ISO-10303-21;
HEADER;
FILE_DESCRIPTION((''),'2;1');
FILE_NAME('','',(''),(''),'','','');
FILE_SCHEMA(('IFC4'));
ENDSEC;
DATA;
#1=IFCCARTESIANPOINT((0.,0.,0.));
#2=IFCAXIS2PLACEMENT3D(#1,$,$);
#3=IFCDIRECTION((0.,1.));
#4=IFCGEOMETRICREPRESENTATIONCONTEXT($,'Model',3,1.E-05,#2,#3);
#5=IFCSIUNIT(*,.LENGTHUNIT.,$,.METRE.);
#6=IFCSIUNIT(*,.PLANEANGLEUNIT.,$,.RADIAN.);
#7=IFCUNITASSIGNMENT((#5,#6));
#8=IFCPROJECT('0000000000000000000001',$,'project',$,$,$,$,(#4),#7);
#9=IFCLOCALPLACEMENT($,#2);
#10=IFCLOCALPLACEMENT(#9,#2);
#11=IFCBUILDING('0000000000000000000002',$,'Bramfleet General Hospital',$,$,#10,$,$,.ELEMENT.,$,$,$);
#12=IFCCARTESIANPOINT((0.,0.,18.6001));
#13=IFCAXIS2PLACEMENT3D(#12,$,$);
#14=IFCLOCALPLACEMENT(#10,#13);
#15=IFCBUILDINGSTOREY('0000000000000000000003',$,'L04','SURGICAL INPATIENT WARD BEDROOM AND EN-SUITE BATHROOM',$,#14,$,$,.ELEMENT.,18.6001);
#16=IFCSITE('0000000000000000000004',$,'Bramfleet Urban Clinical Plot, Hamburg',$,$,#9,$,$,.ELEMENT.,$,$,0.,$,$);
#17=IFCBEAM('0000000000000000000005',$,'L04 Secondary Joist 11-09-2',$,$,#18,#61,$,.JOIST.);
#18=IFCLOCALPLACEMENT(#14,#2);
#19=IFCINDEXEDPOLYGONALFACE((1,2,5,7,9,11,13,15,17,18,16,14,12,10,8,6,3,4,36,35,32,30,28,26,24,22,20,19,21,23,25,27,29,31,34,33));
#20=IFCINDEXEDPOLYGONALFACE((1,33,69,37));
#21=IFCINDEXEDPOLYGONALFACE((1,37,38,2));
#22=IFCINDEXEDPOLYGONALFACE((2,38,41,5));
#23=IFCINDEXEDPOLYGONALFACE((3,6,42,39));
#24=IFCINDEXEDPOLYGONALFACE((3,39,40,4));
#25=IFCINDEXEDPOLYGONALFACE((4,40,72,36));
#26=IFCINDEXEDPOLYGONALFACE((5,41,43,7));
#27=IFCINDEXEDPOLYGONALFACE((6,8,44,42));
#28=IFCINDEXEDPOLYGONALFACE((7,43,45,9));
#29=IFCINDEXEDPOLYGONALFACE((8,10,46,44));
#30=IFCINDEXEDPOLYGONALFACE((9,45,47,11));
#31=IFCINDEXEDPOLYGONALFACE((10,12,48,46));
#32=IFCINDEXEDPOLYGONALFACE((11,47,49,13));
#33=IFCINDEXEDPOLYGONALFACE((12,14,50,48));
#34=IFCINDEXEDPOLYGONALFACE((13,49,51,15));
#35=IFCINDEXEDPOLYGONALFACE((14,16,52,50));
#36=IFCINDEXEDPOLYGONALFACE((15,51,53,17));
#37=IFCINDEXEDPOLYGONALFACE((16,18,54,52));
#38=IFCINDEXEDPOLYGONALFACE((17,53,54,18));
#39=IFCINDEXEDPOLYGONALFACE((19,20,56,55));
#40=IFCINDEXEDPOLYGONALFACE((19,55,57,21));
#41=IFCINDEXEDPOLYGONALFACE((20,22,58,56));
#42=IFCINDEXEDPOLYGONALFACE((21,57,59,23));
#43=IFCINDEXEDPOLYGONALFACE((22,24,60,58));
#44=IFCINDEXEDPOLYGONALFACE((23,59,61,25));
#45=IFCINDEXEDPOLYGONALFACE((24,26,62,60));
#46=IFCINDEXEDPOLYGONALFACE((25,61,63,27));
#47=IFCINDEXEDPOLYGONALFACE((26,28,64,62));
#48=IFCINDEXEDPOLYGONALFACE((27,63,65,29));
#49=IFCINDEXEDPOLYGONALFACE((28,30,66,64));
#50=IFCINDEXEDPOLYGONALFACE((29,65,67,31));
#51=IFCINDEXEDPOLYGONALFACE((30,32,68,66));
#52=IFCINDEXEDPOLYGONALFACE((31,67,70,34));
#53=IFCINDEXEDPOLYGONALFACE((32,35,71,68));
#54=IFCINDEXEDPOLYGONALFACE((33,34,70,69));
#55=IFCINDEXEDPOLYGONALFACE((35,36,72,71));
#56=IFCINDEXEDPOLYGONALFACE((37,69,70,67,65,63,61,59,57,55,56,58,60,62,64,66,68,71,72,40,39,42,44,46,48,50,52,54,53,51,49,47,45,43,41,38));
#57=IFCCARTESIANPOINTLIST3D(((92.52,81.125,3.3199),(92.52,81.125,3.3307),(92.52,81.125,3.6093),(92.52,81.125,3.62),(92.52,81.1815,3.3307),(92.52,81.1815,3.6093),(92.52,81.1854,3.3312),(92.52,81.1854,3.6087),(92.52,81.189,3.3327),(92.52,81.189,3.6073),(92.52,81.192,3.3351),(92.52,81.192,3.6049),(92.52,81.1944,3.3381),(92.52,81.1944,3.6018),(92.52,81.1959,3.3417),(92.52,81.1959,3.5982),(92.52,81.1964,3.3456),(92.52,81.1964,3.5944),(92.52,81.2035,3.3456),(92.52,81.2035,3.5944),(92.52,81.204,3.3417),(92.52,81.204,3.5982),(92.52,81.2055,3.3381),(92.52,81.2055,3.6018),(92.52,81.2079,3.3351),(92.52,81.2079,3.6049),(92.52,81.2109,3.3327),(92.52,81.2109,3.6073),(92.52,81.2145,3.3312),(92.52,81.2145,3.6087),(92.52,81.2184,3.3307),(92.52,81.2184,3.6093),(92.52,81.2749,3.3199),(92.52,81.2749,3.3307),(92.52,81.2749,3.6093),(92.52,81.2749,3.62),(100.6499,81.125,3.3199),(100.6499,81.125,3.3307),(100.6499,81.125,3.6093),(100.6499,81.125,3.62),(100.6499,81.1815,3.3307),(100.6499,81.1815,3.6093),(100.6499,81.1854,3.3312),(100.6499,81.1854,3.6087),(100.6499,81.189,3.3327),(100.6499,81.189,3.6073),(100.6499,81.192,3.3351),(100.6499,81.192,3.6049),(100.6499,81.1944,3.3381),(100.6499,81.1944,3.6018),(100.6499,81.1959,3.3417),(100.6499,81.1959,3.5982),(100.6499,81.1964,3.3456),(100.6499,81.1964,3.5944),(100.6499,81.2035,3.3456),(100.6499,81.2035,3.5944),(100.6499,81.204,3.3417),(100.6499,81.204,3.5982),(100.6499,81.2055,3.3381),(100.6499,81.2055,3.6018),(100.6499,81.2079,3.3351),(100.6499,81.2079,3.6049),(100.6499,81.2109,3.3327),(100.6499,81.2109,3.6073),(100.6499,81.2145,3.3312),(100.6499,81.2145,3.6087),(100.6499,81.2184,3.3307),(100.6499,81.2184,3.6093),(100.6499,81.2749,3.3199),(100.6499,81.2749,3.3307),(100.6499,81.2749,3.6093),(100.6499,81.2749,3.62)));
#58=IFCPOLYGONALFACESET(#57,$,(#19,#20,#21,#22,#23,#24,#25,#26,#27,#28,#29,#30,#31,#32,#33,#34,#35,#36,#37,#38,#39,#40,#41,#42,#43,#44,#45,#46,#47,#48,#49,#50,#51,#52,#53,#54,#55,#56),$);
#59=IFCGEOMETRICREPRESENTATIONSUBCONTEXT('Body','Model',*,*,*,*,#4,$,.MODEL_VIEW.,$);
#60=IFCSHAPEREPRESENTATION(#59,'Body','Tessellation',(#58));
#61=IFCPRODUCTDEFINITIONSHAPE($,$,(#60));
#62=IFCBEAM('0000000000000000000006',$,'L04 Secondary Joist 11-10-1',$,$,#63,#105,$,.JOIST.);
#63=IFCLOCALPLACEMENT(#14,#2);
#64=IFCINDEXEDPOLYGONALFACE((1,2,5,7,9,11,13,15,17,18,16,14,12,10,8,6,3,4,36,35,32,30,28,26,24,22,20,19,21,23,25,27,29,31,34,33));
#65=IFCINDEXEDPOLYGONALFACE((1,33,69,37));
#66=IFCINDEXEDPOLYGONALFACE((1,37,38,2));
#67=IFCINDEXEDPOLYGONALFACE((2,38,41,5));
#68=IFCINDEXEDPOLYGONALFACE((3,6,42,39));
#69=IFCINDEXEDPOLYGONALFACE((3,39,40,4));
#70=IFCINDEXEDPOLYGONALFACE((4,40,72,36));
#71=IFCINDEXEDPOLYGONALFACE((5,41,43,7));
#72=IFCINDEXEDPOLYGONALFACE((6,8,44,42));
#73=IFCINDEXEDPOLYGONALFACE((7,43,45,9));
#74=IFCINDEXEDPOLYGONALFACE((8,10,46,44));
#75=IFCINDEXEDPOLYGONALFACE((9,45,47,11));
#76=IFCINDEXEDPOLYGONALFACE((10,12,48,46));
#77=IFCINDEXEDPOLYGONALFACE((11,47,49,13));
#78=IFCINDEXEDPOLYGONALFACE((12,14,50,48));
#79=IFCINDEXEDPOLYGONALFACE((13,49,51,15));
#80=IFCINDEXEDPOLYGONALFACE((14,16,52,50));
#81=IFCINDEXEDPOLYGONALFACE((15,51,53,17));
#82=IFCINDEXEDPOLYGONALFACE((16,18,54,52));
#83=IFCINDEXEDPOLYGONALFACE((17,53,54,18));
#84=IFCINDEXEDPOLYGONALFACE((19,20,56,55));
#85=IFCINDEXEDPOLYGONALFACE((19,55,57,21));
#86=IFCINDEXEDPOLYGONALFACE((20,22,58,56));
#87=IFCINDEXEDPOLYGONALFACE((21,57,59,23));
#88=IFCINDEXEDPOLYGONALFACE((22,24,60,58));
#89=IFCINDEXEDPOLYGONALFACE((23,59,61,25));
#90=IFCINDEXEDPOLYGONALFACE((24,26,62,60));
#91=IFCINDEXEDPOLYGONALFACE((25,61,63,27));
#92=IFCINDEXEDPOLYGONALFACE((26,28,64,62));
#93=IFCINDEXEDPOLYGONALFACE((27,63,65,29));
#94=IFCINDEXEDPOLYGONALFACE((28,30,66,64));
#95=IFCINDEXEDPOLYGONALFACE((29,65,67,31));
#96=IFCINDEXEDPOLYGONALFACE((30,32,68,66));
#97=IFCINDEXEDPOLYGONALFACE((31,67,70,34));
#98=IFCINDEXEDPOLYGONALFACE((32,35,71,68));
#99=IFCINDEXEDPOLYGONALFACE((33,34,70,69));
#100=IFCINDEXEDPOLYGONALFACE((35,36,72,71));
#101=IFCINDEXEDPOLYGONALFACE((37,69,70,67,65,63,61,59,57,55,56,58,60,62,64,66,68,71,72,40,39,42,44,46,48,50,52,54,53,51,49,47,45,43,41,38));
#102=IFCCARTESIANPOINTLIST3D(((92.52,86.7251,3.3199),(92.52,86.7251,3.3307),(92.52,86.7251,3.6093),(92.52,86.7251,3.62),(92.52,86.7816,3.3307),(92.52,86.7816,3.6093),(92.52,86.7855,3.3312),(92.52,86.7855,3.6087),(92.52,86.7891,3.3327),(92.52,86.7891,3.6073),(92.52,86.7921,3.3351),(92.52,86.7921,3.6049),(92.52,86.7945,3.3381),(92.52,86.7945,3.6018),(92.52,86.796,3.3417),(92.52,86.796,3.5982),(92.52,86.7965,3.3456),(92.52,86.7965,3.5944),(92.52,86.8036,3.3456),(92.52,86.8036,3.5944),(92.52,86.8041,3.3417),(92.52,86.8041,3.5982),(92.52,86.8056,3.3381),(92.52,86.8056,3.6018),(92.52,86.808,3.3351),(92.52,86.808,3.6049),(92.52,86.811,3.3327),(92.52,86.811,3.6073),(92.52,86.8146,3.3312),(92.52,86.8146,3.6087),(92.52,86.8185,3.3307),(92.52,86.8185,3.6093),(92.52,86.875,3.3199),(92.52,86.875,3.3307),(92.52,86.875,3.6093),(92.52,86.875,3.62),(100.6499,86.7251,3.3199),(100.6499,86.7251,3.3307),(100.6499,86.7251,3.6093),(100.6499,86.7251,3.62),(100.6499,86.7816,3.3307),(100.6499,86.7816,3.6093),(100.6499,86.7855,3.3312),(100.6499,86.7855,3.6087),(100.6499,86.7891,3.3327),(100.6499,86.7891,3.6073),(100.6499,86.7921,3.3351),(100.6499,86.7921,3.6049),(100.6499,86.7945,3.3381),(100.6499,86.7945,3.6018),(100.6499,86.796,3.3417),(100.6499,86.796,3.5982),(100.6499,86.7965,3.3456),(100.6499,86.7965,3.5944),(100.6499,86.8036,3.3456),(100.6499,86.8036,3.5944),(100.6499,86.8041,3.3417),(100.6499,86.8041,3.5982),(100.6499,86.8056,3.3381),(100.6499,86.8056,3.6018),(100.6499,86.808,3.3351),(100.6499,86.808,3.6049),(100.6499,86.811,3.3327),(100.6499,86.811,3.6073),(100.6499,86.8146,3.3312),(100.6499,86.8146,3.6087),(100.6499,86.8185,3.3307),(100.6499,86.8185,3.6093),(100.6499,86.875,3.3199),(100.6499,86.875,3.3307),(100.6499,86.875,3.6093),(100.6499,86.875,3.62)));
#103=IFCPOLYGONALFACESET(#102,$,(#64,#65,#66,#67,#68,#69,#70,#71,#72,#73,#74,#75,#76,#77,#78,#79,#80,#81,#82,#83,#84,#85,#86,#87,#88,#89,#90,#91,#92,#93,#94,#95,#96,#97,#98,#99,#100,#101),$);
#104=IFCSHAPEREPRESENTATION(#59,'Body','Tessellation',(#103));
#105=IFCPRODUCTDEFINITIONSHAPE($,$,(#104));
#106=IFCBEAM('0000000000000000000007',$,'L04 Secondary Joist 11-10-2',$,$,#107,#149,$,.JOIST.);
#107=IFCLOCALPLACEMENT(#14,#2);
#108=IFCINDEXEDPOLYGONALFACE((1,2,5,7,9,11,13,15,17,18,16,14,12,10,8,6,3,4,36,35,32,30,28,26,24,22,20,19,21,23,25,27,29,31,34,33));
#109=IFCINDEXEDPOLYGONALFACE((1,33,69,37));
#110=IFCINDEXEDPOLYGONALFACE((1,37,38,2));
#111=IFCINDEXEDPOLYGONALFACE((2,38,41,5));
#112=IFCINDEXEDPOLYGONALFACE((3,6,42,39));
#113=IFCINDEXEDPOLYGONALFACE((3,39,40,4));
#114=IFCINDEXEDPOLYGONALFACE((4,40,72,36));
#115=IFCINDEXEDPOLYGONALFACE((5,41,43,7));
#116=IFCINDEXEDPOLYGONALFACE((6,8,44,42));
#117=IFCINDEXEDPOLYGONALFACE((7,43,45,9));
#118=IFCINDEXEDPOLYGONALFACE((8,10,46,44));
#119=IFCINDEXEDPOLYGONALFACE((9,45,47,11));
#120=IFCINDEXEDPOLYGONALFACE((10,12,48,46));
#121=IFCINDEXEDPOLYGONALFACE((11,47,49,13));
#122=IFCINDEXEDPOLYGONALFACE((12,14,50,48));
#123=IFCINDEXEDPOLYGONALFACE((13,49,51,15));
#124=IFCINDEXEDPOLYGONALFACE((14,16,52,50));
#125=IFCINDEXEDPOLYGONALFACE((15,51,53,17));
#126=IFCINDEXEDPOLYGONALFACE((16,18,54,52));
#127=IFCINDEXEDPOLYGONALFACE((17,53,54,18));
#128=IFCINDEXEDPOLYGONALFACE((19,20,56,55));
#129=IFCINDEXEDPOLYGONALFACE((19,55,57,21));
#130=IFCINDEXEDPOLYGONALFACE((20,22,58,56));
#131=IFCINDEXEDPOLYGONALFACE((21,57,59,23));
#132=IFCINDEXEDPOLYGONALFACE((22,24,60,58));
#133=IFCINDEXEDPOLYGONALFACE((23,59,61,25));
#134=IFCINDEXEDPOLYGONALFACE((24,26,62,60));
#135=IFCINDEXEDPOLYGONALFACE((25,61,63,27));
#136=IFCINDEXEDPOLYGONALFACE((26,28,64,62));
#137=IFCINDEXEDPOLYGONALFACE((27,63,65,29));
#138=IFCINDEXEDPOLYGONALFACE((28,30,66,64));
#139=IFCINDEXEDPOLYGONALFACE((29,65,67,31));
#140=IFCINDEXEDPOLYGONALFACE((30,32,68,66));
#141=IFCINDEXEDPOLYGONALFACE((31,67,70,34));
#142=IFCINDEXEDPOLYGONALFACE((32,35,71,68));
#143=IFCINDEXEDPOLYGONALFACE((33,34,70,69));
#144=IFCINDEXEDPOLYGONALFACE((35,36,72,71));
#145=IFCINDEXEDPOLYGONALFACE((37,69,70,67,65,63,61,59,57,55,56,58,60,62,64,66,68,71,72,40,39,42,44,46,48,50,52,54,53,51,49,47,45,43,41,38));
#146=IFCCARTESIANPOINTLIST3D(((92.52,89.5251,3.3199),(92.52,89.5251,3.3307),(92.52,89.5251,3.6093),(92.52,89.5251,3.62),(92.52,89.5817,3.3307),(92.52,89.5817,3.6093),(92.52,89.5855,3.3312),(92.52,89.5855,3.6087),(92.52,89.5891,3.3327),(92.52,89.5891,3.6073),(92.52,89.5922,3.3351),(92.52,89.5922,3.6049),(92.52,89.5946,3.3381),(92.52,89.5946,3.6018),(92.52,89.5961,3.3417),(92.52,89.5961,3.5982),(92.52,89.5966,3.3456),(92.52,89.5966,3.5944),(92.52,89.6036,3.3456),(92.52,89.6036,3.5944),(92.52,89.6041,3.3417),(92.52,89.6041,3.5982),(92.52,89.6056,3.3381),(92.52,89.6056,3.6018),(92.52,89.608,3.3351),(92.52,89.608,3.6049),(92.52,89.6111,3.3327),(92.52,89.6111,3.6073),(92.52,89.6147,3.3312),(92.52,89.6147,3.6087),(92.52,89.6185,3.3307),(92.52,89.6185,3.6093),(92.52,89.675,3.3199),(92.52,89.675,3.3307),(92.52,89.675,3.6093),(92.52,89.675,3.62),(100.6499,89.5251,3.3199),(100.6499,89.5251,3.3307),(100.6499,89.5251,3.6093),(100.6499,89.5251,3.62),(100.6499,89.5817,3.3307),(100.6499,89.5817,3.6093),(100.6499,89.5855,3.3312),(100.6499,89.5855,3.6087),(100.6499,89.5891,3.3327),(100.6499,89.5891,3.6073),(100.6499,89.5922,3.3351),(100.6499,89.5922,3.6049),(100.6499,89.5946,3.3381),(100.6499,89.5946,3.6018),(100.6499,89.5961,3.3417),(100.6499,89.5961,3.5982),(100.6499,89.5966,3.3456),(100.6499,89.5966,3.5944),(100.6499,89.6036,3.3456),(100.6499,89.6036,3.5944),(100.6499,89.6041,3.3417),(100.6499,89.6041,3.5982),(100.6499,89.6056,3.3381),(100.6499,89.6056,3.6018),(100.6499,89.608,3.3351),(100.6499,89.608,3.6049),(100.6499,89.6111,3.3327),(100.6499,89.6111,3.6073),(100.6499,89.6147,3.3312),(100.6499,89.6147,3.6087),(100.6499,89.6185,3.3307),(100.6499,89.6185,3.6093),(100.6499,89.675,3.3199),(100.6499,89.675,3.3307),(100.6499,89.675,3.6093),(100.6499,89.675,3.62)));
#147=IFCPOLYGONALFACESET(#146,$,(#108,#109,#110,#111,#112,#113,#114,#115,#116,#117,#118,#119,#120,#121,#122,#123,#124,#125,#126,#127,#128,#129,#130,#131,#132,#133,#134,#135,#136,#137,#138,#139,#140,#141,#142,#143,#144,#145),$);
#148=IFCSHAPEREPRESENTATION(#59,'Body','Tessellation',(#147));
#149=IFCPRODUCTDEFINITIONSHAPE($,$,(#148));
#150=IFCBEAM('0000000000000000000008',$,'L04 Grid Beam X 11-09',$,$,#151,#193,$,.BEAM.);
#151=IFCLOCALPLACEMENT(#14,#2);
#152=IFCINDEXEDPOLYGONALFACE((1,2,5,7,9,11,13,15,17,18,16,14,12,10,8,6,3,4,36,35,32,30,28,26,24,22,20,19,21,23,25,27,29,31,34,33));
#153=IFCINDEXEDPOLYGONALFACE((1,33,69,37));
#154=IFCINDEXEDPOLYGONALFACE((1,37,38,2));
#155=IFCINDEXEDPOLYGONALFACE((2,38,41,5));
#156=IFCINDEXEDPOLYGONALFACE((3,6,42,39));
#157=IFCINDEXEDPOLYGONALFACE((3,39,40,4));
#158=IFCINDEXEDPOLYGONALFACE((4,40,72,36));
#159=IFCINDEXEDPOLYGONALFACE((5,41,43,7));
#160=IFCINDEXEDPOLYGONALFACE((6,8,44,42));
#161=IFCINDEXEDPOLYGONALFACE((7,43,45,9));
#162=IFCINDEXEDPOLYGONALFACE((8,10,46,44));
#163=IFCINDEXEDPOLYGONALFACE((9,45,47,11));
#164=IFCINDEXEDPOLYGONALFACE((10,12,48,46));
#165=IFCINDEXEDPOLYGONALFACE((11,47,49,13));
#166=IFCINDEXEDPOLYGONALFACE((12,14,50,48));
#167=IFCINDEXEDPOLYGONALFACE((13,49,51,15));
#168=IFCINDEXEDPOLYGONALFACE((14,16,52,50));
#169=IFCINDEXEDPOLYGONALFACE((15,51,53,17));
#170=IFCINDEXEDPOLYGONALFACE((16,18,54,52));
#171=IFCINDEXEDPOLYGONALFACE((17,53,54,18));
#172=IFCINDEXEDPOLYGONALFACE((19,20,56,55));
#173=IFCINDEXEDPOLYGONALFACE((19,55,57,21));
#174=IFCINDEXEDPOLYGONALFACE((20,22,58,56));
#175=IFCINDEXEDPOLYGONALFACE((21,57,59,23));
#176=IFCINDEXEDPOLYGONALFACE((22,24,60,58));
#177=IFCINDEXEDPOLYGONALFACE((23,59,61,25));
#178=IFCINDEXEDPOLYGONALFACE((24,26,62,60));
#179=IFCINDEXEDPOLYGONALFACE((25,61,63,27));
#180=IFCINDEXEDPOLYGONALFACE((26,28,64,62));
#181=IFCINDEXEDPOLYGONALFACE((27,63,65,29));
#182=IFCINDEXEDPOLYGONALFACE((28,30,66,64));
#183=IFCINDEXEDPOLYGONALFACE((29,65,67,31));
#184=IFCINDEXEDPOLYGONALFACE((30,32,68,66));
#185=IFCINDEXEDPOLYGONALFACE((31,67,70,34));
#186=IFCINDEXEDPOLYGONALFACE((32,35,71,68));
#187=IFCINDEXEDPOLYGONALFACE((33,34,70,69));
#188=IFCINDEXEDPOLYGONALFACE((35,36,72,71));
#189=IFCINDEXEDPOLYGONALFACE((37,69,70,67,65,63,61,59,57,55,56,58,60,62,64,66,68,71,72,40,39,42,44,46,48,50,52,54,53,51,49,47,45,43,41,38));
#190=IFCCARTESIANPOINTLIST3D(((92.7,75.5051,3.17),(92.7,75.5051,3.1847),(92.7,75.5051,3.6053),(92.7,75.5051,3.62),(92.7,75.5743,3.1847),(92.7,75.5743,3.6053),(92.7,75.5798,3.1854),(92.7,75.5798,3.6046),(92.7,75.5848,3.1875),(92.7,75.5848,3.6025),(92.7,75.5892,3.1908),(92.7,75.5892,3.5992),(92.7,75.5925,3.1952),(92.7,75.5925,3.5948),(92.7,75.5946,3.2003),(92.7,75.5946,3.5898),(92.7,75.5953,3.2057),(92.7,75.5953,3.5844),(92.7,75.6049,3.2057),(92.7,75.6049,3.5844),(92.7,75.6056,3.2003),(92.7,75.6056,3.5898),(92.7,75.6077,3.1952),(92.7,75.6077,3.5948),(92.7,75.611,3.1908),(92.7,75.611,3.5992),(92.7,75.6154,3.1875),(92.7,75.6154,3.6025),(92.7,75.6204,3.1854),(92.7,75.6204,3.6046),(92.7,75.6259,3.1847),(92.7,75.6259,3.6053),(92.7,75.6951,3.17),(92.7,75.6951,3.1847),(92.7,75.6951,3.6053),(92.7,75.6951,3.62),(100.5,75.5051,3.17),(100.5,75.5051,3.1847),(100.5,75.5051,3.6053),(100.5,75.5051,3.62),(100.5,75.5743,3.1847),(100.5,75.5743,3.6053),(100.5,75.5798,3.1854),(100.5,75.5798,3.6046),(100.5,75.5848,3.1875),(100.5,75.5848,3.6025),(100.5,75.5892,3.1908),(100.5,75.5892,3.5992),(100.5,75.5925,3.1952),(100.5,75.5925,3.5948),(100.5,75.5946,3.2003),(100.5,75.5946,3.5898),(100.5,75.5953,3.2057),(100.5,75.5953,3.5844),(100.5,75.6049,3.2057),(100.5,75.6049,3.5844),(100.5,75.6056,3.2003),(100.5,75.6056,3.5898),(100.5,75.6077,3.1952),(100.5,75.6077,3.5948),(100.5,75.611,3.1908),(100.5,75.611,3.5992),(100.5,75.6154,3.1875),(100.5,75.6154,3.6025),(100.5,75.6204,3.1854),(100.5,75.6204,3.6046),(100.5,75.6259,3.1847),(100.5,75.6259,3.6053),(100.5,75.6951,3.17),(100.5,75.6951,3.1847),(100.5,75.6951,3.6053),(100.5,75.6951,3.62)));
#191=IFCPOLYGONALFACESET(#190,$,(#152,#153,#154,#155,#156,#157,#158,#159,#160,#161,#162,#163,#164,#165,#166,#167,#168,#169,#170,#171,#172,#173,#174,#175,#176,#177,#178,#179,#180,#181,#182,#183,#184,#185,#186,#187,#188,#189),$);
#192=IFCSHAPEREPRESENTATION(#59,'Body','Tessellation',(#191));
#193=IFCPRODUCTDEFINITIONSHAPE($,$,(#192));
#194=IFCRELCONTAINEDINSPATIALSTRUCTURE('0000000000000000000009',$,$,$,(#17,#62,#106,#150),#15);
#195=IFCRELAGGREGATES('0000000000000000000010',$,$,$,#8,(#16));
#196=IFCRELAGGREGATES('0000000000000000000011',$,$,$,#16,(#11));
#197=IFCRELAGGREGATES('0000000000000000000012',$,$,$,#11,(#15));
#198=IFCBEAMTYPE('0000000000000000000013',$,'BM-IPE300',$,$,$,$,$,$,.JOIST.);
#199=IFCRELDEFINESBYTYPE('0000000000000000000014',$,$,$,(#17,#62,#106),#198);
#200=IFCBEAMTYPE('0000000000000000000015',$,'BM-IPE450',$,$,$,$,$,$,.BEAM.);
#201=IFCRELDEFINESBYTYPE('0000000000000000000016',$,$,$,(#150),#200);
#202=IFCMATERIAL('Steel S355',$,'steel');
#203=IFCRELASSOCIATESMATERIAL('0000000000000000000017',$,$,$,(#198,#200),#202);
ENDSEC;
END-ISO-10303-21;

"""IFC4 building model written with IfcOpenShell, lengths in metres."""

from ifc_helpers import new_model, si_unit, direction, frame, origin, origin_2d, place, context, subcontext, project, spatial, i_section, extrude, material, material_profile, profile_set, type_object, element, save


model = new_model("IFC4")

# Units and contexts
model_context = context("Model", 3, precision=1e-05, world=origin(), true_north=direction((0.0, 1.0)))
body_context = subcontext(model_context, "Body", "Model", "MODEL_VIEW")
ifc_project = project(units=[si_unit("LENGTHUNIT", "METRE"), si_unit("PLANEANGLEUNIT", "RADIAN")], contexts=[model_context])

# Site, building, storey
site_placement = place(None, origin())
site = spatial("IfcSite", under=ifc_project, at=site_placement, Name="Bramfleet Urban Clinical Plot, Hamburg", CompositionType="ELEMENT", RefElevation=0.0)
building_placement = place(site_placement, origin())
building = spatial("IfcBuilding", under=site, at=building_placement, Name="Bramfleet General Hospital", CompositionType="ELEMENT")
storey_placement = place(building_placement, frame((0.0, 0.0, 18.6001)))
storey = spatial("IfcBuildingStorey", under=building, at=storey_placement, Name="L04", Description="SURGICAL INPATIENT WARD BEDROOM AND EN-SUITE BATHROOM", CompositionType="ELEMENT", Elevation=18.6001)

# Beams
ifc_material_1 = material(Name="Steel S355", Category="steel")
ifc_material_profile_1 = material_profile(ifc_material_1, i_section(OverallWidth=0.1499, OverallDepth=0.3, WebThickness=0.0071, FlangeThickness=0.0107, FilletRadius=0.0149, at=origin_2d()), Name="IPE 300")
ifc_profile_set_1 = profile_set([ifc_material_profile_1], Name="Steel S355")
beam_type_1 = type_object("IfcBeamType", Name="BM-IPE300", PredefinedType="JOIST", material=ifc_profile_set_1)
for number, where, z_axis, x_axis, name in (
    (1, (92.52, 81.2, 3.47), (1.0, 0.0, 0.0), (0.0, 1.0, 0.0), "L04 Secondary Joist 11-09-2"),
    (2, (92.52, 86.8, 3.47), (1.0, 0.0, 0.0), (0.0, 1.0, 0.0), "L04 Secondary Joist 11-10-1"),
    (3, (92.52, 89.6001, 3.47), (1.0, 0.0, 0.0), (0.0, 1.0, 0.0), "L04 Secondary Joist 11-10-2"),
):
    element("IfcBeam", number, at=place(storey_placement, frame(where, z_axis=z_axis, x_axis=x_axis)), inside=storey, type_object=beam_type_1, Name=name, PredefinedType="JOIST", context=body_context, shape_type="SweptSolid", body=[
        extrude(i_section(OverallWidth=0.1499, OverallDepth=0.3, WebThickness=0.0071, FlangeThickness=0.0107, FilletRadius=0.0149, at=origin_2d()), origin(), (0.0, 0.0, 1.0), 8.1299),
    ])
ifc_material_profile_2 = material_profile(ifc_material_1, i_section(OverallWidth=0.1899, OverallDepth=0.45, WebThickness=0.0095, FlangeThickness=0.0146, FilletRadius=0.021, at=origin_2d()), Name="IPE 450")
ifc_profile_set_2 = profile_set([ifc_material_profile_2], Name="Steel S355")
beam_type_2 = type_object("IfcBeamType", Name="BM-IPE450", PredefinedType="BEAM", material=ifc_profile_set_2)
for number, where, z_axis, x_axis, name in (
    (4, (92.7, 75.6001, 3.395), (1.0, 0.0, 0.0), (0.0, 1.0, 0.0), "L04 Grid Beam X 11-09"),
):
    element("IfcBeam", number, at=place(storey_placement, frame(where, z_axis=z_axis, x_axis=x_axis)), inside=storey, type_object=beam_type_2, Name=name, PredefinedType="BEAM", context=body_context, shape_type="SweptSolid", body=[
        extrude(i_section(OverallWidth=0.1899, OverallDepth=0.45, WebThickness=0.0095, FlangeThickness=0.0146, FilletRadius=0.021, at=origin_2d()), origin(), (0.0, 0.0, 1.0), 7.8),
    ])

save(model, "model.ifc")
